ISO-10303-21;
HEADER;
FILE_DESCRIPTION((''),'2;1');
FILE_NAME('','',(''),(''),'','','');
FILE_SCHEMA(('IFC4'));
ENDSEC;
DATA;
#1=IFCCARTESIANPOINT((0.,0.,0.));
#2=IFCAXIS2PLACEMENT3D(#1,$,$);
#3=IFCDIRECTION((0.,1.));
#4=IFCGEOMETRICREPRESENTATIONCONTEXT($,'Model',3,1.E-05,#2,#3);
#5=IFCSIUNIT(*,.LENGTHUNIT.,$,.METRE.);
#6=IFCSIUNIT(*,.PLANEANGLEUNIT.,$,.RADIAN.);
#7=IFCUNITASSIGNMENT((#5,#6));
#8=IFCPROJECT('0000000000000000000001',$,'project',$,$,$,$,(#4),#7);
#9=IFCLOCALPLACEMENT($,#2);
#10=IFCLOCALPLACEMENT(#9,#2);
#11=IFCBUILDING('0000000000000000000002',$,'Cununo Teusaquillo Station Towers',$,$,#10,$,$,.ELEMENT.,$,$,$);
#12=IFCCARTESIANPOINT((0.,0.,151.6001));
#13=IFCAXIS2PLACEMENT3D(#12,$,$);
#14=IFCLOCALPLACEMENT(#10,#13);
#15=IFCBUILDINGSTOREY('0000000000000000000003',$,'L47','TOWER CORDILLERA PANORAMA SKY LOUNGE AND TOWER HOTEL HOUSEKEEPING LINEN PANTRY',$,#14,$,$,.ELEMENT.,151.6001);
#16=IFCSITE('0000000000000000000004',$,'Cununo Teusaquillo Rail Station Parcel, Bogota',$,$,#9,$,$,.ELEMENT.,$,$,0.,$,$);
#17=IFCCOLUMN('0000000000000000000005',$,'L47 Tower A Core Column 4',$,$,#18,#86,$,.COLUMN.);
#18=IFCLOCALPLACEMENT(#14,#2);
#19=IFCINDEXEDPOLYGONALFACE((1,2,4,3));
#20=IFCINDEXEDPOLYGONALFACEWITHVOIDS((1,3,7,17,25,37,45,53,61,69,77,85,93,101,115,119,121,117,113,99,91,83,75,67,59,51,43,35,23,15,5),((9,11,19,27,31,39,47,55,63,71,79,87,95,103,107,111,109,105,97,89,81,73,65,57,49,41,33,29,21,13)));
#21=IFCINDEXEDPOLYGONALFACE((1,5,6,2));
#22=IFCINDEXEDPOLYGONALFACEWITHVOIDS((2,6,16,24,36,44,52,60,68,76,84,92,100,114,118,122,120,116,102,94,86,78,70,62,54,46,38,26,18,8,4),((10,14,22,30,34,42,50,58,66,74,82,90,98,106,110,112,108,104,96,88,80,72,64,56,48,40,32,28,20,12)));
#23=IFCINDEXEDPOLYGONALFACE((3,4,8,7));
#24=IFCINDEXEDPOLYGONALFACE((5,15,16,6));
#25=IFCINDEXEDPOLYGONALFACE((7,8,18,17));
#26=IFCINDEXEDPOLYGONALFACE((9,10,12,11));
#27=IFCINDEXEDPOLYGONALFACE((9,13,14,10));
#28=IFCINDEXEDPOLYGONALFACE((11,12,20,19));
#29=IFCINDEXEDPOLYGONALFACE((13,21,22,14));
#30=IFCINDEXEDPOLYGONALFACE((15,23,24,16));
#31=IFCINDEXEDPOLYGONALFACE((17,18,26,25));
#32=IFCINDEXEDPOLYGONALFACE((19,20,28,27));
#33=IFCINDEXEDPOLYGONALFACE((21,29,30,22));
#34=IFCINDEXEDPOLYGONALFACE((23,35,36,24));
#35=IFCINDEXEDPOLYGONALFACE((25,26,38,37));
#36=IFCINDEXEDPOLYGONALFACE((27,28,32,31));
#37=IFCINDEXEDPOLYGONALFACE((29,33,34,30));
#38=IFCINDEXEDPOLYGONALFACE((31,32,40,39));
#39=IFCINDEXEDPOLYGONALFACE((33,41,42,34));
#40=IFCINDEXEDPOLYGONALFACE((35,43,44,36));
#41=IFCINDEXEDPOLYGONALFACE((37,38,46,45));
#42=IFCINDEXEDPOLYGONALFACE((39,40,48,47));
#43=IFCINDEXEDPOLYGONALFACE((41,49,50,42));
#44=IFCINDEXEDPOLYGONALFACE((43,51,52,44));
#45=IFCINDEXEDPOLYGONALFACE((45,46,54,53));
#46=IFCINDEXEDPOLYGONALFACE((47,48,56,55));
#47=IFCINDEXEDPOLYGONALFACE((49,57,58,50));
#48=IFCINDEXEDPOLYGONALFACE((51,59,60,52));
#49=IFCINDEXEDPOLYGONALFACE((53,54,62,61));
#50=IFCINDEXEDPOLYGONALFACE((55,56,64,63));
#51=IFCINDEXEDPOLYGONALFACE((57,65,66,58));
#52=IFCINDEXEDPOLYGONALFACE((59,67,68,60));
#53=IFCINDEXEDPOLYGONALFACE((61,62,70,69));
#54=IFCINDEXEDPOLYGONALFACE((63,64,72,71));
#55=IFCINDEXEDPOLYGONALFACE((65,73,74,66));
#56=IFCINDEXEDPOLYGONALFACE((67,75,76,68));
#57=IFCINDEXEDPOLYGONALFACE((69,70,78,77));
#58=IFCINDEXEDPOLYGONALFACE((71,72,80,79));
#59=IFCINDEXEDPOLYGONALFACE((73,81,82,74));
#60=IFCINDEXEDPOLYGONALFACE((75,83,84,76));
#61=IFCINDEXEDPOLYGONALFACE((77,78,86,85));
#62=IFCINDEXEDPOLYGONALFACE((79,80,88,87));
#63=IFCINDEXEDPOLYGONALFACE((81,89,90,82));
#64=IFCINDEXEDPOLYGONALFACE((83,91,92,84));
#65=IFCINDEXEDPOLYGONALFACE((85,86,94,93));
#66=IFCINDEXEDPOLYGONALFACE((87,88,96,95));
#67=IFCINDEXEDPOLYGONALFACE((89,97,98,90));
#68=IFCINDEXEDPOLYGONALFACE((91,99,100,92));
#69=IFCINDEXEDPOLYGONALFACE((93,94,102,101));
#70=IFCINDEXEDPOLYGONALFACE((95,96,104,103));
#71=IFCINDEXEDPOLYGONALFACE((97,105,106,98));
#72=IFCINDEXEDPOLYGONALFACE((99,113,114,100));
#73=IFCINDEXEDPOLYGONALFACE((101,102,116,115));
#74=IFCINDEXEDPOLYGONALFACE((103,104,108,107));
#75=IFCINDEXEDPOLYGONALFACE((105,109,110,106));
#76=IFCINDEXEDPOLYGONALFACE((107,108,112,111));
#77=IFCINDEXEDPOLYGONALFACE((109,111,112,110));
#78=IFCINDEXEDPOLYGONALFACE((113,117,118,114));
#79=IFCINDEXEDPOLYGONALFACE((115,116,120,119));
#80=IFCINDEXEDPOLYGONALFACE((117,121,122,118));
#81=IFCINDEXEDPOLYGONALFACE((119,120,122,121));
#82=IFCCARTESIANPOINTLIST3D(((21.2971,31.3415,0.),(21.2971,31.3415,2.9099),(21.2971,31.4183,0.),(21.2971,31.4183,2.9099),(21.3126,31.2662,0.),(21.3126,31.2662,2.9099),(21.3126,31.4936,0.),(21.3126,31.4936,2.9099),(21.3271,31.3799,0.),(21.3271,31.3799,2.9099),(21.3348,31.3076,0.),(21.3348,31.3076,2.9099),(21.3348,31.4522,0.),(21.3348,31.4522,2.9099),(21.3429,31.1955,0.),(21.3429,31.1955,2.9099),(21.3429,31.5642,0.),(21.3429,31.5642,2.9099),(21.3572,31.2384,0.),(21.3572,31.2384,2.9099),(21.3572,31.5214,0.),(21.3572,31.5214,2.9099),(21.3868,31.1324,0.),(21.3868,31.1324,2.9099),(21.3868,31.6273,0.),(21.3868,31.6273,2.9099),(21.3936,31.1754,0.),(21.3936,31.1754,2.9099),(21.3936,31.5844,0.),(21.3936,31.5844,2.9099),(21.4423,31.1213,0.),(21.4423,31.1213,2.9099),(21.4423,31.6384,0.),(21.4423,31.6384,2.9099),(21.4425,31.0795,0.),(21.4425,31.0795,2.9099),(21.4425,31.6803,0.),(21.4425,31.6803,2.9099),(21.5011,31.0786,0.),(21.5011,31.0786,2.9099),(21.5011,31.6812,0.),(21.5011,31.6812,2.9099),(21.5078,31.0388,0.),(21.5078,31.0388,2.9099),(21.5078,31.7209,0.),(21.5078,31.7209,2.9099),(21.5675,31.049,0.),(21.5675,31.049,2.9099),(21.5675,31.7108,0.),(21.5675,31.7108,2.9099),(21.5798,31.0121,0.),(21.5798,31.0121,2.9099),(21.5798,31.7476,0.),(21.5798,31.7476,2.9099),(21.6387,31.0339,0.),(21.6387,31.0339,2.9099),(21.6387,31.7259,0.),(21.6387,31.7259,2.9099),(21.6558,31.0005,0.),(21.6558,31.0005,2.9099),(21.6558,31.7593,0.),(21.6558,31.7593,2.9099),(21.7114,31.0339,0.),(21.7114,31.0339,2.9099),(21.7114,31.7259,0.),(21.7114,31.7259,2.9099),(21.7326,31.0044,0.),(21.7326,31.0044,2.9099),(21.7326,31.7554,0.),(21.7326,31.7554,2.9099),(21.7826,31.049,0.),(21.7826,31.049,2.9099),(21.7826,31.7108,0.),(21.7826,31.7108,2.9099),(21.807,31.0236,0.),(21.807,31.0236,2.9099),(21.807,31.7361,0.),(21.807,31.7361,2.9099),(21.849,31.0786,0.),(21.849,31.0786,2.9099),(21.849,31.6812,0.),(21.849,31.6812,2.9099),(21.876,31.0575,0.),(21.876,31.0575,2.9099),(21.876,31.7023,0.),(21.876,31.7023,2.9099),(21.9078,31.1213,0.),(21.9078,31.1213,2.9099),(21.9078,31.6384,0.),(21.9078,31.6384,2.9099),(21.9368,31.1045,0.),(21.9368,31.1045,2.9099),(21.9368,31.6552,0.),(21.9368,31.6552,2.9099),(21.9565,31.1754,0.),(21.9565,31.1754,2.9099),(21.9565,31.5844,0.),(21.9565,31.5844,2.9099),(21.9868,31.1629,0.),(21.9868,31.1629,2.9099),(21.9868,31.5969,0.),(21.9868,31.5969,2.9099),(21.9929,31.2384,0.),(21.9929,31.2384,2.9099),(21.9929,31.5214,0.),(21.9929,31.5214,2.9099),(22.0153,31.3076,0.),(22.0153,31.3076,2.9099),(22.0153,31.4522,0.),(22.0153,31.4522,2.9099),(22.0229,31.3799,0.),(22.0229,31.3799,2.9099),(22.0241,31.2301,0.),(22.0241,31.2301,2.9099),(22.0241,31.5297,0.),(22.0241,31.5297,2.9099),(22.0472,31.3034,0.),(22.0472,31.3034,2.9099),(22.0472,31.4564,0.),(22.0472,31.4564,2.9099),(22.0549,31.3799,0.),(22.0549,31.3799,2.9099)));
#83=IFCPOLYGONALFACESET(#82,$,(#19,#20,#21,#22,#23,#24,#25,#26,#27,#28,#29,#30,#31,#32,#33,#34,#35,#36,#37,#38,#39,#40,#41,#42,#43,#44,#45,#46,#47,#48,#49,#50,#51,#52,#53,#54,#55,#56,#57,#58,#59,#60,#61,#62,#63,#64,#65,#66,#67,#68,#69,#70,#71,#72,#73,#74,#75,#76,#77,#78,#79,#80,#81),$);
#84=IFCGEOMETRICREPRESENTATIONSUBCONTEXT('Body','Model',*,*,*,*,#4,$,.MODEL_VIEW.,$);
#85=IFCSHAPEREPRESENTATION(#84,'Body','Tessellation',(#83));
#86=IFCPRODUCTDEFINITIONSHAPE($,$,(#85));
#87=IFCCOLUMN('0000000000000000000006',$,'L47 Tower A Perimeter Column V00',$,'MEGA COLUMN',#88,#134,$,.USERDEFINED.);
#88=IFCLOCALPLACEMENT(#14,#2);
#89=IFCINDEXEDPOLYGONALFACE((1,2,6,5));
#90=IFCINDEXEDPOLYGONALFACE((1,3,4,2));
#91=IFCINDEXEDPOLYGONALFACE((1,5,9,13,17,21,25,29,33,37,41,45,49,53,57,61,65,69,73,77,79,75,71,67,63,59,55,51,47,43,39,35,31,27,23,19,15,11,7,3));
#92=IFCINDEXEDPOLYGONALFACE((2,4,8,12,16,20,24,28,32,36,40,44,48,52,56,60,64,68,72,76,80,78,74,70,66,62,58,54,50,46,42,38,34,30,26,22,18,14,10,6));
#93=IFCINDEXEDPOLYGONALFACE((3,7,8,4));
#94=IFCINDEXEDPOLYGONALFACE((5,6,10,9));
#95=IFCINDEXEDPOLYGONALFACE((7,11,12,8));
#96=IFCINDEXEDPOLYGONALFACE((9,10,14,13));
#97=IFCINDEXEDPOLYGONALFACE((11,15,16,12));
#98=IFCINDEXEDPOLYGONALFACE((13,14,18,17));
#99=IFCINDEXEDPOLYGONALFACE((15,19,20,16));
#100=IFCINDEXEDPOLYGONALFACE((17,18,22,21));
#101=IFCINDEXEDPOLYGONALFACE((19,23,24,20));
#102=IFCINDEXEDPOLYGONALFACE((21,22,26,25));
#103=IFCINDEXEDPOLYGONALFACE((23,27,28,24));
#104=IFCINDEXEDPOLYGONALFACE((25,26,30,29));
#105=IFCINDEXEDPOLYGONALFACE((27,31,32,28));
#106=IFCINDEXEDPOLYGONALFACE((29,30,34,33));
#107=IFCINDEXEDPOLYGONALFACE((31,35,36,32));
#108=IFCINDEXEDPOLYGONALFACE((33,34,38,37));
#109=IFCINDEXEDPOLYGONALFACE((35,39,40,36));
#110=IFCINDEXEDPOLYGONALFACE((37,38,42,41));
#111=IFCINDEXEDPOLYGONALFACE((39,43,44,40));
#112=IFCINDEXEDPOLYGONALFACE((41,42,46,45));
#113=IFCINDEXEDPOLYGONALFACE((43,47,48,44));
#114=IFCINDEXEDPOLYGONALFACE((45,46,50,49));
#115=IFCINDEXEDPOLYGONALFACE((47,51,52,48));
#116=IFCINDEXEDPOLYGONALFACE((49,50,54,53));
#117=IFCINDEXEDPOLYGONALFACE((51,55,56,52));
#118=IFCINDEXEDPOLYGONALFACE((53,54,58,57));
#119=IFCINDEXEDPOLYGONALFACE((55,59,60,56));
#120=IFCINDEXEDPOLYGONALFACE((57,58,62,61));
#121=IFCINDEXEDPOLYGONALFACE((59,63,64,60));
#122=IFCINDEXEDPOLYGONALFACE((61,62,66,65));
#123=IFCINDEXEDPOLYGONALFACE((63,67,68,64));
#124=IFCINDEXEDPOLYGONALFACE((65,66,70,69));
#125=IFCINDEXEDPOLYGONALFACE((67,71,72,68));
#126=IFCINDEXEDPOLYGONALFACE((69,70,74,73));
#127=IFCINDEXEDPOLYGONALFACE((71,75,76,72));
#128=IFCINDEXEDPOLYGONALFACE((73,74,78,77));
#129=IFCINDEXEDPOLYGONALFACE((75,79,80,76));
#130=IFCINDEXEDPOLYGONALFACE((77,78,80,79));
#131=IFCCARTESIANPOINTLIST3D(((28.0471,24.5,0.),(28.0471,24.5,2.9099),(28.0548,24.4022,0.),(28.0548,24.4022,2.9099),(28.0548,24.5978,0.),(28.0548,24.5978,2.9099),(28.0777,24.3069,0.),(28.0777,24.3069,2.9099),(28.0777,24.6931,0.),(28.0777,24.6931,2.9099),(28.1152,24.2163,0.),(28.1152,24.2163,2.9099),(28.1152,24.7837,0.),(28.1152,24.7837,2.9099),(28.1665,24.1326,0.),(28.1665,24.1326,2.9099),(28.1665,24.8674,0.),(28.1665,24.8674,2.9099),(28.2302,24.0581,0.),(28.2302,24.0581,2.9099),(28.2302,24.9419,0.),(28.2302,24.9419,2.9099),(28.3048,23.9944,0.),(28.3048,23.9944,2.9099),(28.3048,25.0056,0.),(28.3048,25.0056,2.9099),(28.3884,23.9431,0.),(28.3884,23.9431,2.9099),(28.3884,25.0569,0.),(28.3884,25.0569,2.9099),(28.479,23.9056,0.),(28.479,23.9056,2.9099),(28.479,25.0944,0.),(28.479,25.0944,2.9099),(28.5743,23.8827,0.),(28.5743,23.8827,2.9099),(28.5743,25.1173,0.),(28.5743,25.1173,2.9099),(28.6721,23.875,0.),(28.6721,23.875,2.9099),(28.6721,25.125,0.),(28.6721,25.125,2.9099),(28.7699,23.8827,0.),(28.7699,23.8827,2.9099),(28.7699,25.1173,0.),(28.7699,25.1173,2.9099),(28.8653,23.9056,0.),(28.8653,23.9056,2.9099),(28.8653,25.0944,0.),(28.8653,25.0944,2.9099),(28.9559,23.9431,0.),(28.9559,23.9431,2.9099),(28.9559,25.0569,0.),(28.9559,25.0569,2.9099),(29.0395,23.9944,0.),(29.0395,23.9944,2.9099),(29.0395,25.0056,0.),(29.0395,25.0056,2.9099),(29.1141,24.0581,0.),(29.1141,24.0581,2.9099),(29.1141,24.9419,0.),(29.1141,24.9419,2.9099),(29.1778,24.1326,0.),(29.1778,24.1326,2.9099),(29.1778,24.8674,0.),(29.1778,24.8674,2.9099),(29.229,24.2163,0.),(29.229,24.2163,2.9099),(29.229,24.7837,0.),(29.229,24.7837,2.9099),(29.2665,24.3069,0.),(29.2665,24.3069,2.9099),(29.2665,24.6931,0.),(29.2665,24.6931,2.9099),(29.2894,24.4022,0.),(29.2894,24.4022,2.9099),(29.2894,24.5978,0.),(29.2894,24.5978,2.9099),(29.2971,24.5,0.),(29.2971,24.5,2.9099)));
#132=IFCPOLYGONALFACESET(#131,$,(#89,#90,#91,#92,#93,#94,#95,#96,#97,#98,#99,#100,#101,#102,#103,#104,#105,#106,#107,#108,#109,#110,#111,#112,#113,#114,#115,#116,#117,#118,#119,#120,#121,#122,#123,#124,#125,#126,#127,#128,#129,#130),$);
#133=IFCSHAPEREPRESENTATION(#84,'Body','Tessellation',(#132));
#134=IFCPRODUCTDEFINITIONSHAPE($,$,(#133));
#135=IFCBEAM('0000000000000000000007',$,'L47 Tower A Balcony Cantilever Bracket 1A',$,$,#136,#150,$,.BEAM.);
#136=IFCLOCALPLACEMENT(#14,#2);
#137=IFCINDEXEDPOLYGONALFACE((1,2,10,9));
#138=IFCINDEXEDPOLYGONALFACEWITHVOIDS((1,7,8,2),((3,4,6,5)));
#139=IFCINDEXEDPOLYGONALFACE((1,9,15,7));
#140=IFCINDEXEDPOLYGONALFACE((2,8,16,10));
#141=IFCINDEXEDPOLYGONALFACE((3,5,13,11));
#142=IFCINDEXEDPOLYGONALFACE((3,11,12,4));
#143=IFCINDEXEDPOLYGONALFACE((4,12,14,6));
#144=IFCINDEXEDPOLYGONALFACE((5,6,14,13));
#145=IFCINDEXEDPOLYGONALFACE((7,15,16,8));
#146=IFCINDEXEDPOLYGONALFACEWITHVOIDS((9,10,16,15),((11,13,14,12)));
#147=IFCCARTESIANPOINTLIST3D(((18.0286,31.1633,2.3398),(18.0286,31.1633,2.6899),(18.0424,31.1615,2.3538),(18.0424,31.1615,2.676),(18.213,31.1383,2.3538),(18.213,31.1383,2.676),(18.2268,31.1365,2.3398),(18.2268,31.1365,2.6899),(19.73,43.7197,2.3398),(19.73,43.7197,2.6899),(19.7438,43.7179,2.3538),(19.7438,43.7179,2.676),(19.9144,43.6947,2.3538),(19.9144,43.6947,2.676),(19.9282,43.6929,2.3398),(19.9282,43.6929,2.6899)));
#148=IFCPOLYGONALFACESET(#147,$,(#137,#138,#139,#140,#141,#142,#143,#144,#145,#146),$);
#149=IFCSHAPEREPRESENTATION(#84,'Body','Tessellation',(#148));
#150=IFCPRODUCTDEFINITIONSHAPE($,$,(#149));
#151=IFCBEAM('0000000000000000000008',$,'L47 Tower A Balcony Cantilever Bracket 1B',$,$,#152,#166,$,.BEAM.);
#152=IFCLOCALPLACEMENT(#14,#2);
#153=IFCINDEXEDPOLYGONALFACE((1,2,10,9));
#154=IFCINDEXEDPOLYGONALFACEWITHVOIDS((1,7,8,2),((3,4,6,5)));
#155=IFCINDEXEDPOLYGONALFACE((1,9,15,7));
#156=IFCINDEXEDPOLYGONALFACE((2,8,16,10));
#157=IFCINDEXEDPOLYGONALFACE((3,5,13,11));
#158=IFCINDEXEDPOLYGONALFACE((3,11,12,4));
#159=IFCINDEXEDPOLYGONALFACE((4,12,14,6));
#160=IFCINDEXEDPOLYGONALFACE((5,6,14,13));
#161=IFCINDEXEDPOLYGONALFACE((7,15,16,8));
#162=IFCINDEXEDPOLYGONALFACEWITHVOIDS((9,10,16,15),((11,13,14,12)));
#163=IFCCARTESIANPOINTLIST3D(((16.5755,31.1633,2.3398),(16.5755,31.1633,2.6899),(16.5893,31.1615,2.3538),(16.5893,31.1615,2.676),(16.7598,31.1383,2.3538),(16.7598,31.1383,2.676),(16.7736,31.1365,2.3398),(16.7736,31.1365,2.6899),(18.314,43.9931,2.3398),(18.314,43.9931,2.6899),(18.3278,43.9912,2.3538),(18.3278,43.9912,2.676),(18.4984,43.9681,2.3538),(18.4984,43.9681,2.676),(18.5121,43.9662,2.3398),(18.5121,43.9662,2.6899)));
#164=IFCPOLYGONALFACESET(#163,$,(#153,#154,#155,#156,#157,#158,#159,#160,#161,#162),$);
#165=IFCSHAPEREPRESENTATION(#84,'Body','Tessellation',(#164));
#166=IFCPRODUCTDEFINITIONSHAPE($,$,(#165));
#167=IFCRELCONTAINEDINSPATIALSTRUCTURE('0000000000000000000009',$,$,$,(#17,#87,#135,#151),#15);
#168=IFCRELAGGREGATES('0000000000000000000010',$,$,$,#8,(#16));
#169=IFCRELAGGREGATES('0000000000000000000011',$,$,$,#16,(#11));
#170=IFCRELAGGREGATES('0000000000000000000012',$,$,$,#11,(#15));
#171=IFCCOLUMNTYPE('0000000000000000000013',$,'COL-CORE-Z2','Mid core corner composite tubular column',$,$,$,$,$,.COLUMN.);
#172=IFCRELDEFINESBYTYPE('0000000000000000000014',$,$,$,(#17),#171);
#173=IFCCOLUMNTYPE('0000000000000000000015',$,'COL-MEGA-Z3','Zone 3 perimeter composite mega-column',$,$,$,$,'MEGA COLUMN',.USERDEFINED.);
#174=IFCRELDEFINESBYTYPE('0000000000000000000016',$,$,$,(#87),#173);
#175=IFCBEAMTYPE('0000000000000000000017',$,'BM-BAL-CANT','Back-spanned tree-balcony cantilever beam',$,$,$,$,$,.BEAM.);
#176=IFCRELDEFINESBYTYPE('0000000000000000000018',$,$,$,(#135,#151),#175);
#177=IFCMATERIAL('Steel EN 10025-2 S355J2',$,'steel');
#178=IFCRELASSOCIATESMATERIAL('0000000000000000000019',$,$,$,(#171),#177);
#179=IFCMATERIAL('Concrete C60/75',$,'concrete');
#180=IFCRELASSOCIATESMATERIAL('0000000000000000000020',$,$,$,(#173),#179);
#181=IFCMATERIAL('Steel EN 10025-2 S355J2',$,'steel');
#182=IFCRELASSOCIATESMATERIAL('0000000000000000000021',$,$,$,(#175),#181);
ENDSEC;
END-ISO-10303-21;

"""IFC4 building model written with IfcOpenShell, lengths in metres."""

from ifc_helpers import new_model, si_unit, direction, frame, origin, origin_2d, place, context, subcontext, project, spatial, hollow_rectangle, circle, hollow_circle, extrude, material, material_profile, profile_set, type_object, element, save


model = new_model("IFC4")

# Units and contexts
model_context = context("Model", 3, precision=1e-05, world=origin(), true_north=direction((0.0, 1.0)))
body_context = subcontext(model_context, "Body", "Model", "MODEL_VIEW")
ifc_project = project(units=[si_unit("LENGTHUNIT", "METRE"), si_unit("PLANEANGLEUNIT", "RADIAN")], contexts=[model_context])

# Site, building, storey
site_placement = place(None, origin())
site = spatial("IfcSite", under=ifc_project, at=site_placement, Name="Cununo Teusaquillo Rail Station Parcel, Bogota", CompositionType="ELEMENT", RefElevation=0.0)
building_placement = place(site_placement, origin())
building = spatial("IfcBuilding", under=site, at=building_placement, Name="Cununo Teusaquillo Station Towers", CompositionType="ELEMENT")
storey_placement = place(building_placement, frame((0.0, 0.0, 151.6001)))
storey = spatial("IfcBuildingStorey", under=building, at=storey_placement, Name="L47", Description="TOWER CORDILLERA PANORAMA SKY LOUNGE AND TOWER HOTEL HOUSEKEEPING LINEN PANTRY", CompositionType="ELEMENT", Elevation=151.6001)

# Columns
ifc_material_1 = material(Name="Steel EN 10025-2 S355J2", Category="steel")
ifc_material_profile_1 = material_profile(ifc_material_1, hollow_circle(Radius=0.3799, WallThickness=0.032, at=origin_2d()), Name="CHS 760x32")
ifc_profile_set_1 = profile_set([ifc_material_profile_1], Name="Steel EN 10025-2 S355J2")
column_type_1 = type_object("IfcColumnType", Name="COL-CORE-Z2", Description="Mid core corner composite tubular column", PredefinedType="COLUMN", material=ifc_profile_set_1)
column_1_placement = place(storey_placement, frame((21.675, 31.3799, 0.0), z_axis=(0.0, 0.0, 1.0), x_axis=(1.0, 0.0, 0.0)))
element("IfcColumn", 1, at=column_1_placement, inside=storey, type_object=column_type_1, Name="L47 Tower A Core Column 4", PredefinedType="COLUMN", context=body_context, shape_type="SweptSolid", body=[
    extrude(hollow_circle(Radius=0.3799, WallThickness=0.032, at=origin_2d()), origin(), (0.0, 0.0, 1.0), 2.9099),
])
ifc_material_2 = material(Name="Concrete C60/75", Category="concrete")
ifc_material_profile_2 = material_profile(ifc_material_2, circle(Radius=0.625, at=origin_2d()), Name="RC-CIRC-1250")
ifc_profile_set_2 = profile_set([ifc_material_profile_2], Name="Concrete C60/75")
column_type_2 = type_object("IfcColumnType", Name="COL-MEGA-Z3", Description="Zone 3 perimeter composite mega-column", ElementType="MEGA COLUMN", PredefinedType="USERDEFINED", material=ifc_profile_set_2)
column_2_placement = place(storey_placement, frame((28.6721, 24.5, 0.0), z_axis=(0.0, 0.0, 1.0), x_axis=(1.0, 0.0, 0.0)))
element("IfcColumn", 2, at=column_2_placement, inside=storey, type_object=column_type_2, Name="L47 Tower A Perimeter Column V00", ObjectType="MEGA COLUMN", PredefinedType="USERDEFINED", context=body_context, shape_type="SweptSolid", body=[
    extrude(circle(Radius=0.625, at=origin_2d()), origin(), (0.0, 0.0, 1.0), 2.9099),
])

# Beams
ifc_material_3 = material(Name="Steel EN 10025-2 S355J2", Category="steel")
ifc_material_profile_3 = material_profile(ifc_material_3, hollow_rectangle(XDim=0.2, YDim=0.3501, WallThickness=0.0139, at=origin_2d()), Name="RHS 350x200x14")
ifc_profile_set_3 = profile_set([ifc_material_profile_3], Name="Steel EN 10025-2 S355J2")
beam_type_1 = type_object("IfcBeamType", Name="BM-BAL-CANT", Description="Back-spanned tree-balcony cantilever beam", PredefinedType="BEAM", material=ifc_profile_set_3)
beam_1_placement = place(storey_placement, frame((18.1277, 31.1499, 2.5149), z_axis=(0.134275, 0.990944, 0.0), x_axis=(-0.990944, 0.134275, 0.0)))
element("IfcBeam", 3, at=beam_1_placement, inside=storey, type_object=beam_type_1, Name="L47 Tower A Balcony Cantilever Bracket 1A", PredefinedType="BEAM", context=body_context, shape_type="SweptSolid", body=[
    extrude(hollow_rectangle(XDim=0.2, YDim=0.3501, WallThickness=0.0139, at=origin_2d()), origin(), (0.0, 0.0, 1.0), 12.6711),
])
beam_2_placement = place(storey_placement, frame((16.6746, 31.1499, 2.5149), z_axis=(0.134279, 0.990944, 0.0), x_axis=(-0.990944, 0.134279, 0.0)))
element("IfcBeam", 4, at=beam_2_placement, inside=storey, type_object=beam_type_1, Name="L47 Tower A Balcony Cantilever Bracket 1B", PredefinedType="BEAM", context=body_context, shape_type="SweptSolid", body=[
    extrude(hollow_rectangle(XDim=0.2, YDim=0.3501, WallThickness=0.0139, at=origin_2d()), origin(), (0.0, 0.0, 1.0), 12.947),
])

save(model, "model.ifc")
